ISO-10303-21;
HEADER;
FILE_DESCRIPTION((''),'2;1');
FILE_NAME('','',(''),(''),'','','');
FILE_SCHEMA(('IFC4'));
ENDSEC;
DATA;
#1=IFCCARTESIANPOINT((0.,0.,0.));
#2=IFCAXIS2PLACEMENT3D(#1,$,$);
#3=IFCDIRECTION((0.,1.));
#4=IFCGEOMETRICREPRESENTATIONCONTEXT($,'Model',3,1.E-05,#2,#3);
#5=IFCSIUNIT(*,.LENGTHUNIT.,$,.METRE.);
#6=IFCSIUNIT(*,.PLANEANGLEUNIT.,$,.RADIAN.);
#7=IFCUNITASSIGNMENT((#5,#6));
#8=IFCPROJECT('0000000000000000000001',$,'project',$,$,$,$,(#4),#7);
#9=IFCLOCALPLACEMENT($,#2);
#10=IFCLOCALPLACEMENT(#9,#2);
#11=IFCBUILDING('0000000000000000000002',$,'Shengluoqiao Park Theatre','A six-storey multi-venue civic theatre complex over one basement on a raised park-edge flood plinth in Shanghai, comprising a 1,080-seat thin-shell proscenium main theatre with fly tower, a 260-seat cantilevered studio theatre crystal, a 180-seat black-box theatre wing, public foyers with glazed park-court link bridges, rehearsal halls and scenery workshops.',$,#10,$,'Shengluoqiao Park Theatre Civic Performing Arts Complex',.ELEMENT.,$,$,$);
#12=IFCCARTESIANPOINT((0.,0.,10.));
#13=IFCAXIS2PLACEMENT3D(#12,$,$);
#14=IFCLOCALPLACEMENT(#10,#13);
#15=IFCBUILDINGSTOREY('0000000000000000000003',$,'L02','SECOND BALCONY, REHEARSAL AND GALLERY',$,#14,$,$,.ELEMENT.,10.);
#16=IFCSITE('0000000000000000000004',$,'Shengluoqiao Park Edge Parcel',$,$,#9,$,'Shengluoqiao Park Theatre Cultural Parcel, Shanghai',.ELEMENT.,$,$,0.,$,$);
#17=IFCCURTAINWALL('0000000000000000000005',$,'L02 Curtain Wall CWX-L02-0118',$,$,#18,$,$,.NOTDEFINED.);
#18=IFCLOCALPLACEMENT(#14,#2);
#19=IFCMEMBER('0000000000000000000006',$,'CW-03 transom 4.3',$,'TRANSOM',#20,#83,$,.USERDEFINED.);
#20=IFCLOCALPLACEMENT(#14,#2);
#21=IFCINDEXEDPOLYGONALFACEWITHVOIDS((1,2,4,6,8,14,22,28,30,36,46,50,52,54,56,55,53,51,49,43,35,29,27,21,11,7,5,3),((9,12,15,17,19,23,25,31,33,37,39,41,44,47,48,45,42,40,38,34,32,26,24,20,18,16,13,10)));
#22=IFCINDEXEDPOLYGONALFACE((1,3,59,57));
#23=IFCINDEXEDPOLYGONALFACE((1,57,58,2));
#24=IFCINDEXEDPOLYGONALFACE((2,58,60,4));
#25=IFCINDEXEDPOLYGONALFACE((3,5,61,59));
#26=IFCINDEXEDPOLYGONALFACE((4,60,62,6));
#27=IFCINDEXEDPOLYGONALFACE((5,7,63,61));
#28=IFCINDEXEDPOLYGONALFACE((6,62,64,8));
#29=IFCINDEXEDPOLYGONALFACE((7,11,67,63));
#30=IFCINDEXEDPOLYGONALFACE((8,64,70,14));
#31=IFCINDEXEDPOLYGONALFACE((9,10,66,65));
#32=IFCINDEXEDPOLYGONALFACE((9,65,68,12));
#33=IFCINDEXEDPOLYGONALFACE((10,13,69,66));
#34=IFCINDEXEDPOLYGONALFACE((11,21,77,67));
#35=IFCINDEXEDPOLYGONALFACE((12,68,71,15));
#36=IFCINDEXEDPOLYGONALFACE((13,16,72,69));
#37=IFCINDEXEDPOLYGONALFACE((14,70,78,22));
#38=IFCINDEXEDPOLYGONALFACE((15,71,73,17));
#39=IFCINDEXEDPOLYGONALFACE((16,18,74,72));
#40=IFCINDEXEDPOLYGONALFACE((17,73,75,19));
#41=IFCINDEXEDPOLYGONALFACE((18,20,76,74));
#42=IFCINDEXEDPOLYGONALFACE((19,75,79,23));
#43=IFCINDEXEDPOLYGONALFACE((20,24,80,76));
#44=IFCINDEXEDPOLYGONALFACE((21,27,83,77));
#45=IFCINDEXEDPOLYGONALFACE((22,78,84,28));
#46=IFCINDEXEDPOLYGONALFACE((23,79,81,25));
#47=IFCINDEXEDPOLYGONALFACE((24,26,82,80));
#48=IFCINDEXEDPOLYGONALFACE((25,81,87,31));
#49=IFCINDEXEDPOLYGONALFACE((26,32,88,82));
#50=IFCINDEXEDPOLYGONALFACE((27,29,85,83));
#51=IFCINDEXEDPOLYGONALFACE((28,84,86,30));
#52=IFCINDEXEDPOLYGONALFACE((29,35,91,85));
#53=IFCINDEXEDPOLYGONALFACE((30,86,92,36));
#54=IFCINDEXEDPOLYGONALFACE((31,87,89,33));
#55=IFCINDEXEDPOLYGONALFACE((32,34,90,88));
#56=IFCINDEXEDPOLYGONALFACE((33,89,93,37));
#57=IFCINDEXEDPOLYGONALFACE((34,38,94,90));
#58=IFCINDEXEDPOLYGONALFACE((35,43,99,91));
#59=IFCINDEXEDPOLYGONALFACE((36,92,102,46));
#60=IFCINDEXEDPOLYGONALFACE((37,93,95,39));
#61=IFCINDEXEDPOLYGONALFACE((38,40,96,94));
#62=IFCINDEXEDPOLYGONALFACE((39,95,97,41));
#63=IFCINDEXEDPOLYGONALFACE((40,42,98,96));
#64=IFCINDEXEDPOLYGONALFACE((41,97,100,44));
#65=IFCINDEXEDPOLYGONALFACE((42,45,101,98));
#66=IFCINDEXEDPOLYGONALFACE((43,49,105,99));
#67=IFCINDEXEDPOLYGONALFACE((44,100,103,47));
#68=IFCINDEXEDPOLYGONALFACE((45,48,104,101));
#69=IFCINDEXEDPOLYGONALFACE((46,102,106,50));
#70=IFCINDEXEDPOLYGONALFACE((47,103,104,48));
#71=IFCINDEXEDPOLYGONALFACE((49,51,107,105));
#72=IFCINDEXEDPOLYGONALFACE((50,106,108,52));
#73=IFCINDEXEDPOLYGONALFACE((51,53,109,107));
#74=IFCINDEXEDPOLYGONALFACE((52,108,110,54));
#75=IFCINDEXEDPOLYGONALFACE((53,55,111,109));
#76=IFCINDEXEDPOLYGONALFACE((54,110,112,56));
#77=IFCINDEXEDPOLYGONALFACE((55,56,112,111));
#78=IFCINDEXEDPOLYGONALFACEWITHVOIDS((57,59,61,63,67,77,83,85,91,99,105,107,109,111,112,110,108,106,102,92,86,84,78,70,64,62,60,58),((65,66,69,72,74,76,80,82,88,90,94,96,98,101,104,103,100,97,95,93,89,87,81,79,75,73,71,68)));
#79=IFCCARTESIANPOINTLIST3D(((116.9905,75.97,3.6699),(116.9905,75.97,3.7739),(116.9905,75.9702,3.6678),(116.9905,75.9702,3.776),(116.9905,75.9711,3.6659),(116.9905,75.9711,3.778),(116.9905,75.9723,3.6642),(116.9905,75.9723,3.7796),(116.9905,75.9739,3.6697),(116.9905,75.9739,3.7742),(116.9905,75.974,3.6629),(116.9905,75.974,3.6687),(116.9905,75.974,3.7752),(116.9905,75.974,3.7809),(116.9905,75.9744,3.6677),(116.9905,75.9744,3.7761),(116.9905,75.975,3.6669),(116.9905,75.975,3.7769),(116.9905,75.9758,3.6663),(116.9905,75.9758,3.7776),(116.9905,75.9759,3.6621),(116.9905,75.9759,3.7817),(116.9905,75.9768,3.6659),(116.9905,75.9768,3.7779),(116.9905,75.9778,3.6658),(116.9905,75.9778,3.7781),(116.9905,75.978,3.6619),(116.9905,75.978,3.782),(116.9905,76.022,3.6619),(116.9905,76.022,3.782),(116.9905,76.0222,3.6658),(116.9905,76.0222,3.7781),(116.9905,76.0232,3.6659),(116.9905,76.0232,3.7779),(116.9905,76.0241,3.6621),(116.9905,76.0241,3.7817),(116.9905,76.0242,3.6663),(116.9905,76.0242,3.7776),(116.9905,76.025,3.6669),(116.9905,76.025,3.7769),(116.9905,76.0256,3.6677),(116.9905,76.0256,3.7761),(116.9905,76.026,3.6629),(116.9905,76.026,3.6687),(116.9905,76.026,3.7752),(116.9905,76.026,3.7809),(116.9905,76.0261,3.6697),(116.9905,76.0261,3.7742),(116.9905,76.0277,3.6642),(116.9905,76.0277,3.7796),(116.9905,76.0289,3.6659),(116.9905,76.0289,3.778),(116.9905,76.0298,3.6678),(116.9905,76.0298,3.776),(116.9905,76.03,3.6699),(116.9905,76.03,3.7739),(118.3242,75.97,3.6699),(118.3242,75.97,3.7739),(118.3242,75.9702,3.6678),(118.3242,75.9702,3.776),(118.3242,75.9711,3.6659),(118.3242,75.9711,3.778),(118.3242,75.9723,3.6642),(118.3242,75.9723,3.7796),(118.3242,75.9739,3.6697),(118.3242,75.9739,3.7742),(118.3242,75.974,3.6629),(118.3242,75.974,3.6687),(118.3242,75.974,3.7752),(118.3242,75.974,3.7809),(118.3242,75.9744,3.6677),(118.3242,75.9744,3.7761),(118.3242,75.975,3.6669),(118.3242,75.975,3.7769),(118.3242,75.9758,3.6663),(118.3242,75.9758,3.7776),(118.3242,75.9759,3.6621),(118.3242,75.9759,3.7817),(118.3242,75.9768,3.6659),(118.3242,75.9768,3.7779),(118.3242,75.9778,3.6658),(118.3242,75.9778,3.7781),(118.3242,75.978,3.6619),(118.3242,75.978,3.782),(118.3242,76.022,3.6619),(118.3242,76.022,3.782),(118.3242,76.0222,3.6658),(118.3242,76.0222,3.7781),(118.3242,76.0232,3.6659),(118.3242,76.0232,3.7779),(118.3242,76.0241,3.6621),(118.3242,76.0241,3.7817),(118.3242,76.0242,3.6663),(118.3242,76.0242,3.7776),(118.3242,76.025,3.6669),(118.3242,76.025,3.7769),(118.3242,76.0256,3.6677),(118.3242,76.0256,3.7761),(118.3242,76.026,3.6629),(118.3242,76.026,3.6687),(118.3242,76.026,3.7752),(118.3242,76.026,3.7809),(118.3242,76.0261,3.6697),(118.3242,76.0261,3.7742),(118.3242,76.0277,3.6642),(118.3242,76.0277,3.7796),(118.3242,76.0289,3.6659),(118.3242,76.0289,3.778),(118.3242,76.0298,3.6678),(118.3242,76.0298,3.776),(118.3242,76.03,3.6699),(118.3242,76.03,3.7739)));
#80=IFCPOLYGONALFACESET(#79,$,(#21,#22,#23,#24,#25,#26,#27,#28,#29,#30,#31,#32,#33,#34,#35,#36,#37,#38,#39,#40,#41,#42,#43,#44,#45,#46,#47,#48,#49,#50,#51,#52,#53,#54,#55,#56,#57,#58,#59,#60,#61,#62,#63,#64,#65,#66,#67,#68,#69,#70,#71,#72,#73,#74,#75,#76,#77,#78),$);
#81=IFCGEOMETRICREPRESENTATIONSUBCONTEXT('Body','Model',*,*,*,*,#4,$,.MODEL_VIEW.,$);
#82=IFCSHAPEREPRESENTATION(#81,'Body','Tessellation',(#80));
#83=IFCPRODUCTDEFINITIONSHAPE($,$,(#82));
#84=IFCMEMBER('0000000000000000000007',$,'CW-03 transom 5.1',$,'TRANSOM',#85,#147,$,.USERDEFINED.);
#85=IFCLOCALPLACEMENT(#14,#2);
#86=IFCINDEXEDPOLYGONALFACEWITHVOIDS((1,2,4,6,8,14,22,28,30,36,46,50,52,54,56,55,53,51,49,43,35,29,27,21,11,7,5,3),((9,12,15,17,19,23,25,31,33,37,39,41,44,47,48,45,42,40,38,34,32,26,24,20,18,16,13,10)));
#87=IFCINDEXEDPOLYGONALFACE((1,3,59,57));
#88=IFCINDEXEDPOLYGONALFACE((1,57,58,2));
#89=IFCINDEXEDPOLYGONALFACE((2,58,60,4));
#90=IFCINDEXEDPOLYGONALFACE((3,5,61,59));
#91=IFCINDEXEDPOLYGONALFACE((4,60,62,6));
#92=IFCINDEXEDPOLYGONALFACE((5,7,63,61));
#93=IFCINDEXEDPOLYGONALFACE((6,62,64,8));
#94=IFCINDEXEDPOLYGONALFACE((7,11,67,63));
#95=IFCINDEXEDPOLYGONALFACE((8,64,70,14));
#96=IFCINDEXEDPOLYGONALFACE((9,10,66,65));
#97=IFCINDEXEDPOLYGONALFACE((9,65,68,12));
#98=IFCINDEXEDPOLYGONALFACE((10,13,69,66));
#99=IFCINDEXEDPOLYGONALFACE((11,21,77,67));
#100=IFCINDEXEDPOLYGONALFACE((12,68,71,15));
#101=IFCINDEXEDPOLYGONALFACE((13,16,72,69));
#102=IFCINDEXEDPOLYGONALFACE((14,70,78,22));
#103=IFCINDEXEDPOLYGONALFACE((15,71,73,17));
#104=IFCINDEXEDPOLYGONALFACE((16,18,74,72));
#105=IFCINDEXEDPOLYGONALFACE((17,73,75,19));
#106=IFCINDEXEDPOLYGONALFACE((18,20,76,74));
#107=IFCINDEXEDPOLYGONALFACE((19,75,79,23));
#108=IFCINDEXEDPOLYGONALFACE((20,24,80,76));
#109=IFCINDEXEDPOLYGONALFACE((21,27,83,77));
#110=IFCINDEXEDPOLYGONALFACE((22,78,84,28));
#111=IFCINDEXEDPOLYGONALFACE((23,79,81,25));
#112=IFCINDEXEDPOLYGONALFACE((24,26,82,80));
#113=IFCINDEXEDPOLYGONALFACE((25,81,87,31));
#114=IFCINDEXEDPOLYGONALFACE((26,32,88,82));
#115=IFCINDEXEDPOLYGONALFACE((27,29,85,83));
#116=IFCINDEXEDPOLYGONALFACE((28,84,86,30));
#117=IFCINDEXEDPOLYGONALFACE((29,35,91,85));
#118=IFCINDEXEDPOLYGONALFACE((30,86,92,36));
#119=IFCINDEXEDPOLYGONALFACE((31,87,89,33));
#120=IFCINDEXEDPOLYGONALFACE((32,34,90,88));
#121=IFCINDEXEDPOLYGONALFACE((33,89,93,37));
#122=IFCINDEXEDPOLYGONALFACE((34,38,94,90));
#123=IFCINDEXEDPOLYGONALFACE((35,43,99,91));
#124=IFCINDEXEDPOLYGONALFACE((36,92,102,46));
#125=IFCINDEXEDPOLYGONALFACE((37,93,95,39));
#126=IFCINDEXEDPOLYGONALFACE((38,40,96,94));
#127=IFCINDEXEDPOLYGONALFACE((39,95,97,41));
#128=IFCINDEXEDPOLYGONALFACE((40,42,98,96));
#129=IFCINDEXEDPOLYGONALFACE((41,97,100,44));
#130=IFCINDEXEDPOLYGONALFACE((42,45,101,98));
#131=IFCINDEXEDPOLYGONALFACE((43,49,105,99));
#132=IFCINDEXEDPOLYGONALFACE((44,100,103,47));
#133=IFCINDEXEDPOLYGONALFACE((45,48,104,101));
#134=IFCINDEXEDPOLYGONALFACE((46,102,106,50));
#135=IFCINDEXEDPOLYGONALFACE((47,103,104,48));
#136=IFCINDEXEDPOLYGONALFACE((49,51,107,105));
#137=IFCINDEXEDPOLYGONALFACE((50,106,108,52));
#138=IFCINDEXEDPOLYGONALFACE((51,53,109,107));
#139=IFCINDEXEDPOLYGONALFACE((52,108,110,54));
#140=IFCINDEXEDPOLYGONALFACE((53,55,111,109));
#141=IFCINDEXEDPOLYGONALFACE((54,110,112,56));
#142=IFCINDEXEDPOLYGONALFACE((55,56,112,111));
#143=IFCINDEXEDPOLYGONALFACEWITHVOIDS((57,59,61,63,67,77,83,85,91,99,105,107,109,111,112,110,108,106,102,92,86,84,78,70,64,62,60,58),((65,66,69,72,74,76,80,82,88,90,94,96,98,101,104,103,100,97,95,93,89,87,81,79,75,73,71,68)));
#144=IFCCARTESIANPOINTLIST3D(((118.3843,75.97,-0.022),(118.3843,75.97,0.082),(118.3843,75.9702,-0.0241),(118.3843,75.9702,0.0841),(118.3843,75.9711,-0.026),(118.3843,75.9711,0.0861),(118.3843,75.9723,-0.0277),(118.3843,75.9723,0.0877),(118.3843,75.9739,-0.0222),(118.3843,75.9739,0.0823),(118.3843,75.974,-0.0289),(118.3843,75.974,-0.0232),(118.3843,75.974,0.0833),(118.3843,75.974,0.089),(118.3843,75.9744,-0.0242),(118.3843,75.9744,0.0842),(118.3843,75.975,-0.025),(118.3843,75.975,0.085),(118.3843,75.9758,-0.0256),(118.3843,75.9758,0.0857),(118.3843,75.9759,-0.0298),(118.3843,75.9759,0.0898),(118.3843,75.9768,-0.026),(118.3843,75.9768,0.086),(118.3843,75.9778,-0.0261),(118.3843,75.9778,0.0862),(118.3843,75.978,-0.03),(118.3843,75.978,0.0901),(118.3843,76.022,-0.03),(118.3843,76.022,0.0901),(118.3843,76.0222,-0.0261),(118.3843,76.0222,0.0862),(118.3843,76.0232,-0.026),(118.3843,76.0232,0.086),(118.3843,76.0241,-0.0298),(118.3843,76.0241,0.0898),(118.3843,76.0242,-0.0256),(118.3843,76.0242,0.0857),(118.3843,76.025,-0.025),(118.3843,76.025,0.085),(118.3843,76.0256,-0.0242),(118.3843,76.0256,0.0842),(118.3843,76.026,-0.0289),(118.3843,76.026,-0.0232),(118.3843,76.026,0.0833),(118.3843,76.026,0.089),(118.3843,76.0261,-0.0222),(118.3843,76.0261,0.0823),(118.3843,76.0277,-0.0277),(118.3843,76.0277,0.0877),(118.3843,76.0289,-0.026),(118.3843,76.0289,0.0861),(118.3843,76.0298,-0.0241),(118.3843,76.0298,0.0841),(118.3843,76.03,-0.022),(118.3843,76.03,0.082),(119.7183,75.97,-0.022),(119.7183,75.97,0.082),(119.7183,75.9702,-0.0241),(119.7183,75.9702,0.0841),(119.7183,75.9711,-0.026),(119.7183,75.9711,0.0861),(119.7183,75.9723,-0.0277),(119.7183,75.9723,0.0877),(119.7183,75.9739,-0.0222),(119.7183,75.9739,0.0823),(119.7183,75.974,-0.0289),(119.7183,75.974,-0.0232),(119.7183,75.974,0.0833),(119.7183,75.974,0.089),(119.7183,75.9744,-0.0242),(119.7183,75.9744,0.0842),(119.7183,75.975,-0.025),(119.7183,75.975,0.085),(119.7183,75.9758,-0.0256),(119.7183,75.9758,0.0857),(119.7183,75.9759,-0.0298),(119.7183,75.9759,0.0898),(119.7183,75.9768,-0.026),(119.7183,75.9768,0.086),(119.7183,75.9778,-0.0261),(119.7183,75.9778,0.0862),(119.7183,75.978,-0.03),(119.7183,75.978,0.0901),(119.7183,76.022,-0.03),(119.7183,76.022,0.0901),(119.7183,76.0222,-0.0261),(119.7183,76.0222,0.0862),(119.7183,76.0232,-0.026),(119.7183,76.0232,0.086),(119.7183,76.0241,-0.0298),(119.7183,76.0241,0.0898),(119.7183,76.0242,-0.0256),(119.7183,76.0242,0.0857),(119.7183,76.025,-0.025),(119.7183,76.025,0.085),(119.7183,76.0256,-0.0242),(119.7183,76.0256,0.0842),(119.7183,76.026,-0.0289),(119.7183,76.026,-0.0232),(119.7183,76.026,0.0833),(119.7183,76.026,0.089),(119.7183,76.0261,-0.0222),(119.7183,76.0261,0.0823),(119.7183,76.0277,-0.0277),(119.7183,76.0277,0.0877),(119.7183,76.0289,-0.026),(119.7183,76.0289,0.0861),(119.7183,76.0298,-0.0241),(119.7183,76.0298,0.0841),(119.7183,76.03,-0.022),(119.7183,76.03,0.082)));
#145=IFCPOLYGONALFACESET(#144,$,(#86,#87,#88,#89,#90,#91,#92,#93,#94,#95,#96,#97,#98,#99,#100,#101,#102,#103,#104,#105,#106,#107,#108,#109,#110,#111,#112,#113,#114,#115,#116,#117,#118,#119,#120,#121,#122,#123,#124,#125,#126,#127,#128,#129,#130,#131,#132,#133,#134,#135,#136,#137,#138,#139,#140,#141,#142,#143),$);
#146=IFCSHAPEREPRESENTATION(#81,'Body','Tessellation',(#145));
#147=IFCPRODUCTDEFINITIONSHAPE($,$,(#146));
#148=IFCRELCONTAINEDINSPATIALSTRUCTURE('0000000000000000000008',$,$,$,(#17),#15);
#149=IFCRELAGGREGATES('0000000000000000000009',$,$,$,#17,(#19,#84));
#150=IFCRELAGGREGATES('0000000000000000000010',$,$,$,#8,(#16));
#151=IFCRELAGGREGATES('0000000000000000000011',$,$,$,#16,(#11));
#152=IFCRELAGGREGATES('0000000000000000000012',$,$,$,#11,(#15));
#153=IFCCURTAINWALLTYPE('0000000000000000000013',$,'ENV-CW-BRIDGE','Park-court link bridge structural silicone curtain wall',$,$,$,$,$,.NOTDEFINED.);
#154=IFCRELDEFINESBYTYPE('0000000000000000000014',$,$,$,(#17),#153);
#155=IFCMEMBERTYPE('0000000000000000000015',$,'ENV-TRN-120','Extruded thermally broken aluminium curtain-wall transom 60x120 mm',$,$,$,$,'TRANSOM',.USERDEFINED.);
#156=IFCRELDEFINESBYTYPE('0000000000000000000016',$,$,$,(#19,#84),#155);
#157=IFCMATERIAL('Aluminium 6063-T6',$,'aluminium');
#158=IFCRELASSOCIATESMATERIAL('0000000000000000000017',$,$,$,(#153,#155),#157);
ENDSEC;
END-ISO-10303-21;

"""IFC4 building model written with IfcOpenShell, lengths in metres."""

from ifc_helpers import new_model, si_unit, direction, frame, origin, origin_2d, place, context, subcontext, project, spatial, hollow_rectangle, extrude, material, material_profile, profile_set, type_object, element, aggregate, save


model = new_model("IFC4")

# Units and contexts
model_context = context("Model", 3, precision=1e-05, world=origin(), true_north=direction((0.0, 1.0)))
body_context = subcontext(model_context, "Body", "Model", "MODEL_VIEW")
ifc_project = project(units=[si_unit("LENGTHUNIT", "METRE"), si_unit("PLANEANGLEUNIT", "RADIAN")], contexts=[model_context])

# Site, building, storey
site_placement = place(None, origin())
site = spatial("IfcSite", under=ifc_project, at=site_placement, Name="Shengluoqiao Park Edge Parcel", LongName="Shengluoqiao Park Theatre Cultural Parcel, Shanghai", CompositionType="ELEMENT", RefElevation=0.0)
building_placement = place(site_placement, origin())
building = spatial("IfcBuilding", under=site, at=building_placement, Name="Shengluoqiao Park Theatre", Description="A six-storey multi-venue civic theatre complex over one basement on a raised park-edge flood plinth in Shanghai, comprising a 1,080-seat thin-shell proscenium main theatre with fly tower, a 260-seat cantilevered studio theatre crystal, a 180-seat black-box theatre wing, public foyers with glazed park-court link bridges, rehearsal halls and scenery workshops.", LongName="Shengluoqiao Park Theatre Civic Performing Arts Complex", CompositionType="ELEMENT")
storey_placement = place(building_placement, frame((0.0, 0.0, 10.0)))
storey = spatial("IfcBuildingStorey", under=building, at=storey_placement, Name="L02", Description="SECOND BALCONY, REHEARSAL AND GALLERY", CompositionType="ELEMENT", Elevation=10.0)

# Curtain wall, members
ifc_material_1 = material(Name="Aluminium 6063-T6", Category="aluminium")
curtain_wall_type = type_object("IfcCurtainWallType", Name="ENV-CW-BRIDGE", Description="Park-court link bridge structural silicone curtain wall", PredefinedType="NOTDEFINED", material=ifc_material_1)
curtain_wall_placement = place(storey_placement, origin())
curtain_wall = element("IfcCurtainWall", 1, at=curtain_wall_placement, inside=storey, type_object=curtain_wall_type, Name="L02 Curtain Wall CWX-L02-0118", PredefinedType="NOTDEFINED")
ifc_material_profile_1 = material_profile(ifc_material_1, hollow_rectangle(XDim=0.0601, YDim=0.1201, WallThickness=0.0039, InnerFilletRadius=0.0039, OuterFilletRadius=0.0081, at=origin_2d()), Name="ALU TRANSOM 120x60x4")
ifc_profile_set_1 = profile_set([ifc_material_profile_1], Name="Aluminium 6063-T6")
member_type_1 = type_object("IfcMemberType", Name="ENV-TRN-120", Description="Extruded thermally broken aluminium curtain-wall transom 60x120 mm", ElementType="TRANSOM", PredefinedType="USERDEFINED", material=ifc_profile_set_1)
member_1_placement = place(storey_placement, frame((116.9905, 76.0, 3.7219), z_axis=(1.0, 0.0, 0.0), x_axis=(0.0, 1.0, 0.0)))
member_1 = element("IfcMember", 2, at=member_1_placement, type_object=member_type_1, Name="CW-03 transom 4.3", ObjectType="TRANSOM", PredefinedType="USERDEFINED", context=body_context, shape_type="SweptSolid", body=[
    extrude(hollow_rectangle(XDim=0.0601, YDim=0.1201, WallThickness=0.0039, InnerFilletRadius=0.0039, OuterFilletRadius=0.0081, at=origin_2d()), origin(), (0.0, 0.0, 1.0), 1.3337),
])
member_2_placement = place(storey_placement, frame((118.3843, 76.0, 0.03), z_axis=(1.0, 0.0, 0.0), x_axis=(0.0, 1.0, 0.0)))
member_2 = element("IfcMember", 3, at=member_2_placement, type_object=member_type_1, Name="CW-03 transom 5.1", ObjectType="TRANSOM", PredefinedType="USERDEFINED", context=body_context, shape_type="SweptSolid", body=[
    extrude(hollow_rectangle(XDim=0.0601, YDim=0.1201, WallThickness=0.0039, InnerFilletRadius=0.0039, OuterFilletRadius=0.0081, at=origin_2d()), origin(), (0.0, 0.0, 1.0), 1.334),
])
aggregate(curtain_wall, [member_1, member_2])

save(model, "model.ifc")
